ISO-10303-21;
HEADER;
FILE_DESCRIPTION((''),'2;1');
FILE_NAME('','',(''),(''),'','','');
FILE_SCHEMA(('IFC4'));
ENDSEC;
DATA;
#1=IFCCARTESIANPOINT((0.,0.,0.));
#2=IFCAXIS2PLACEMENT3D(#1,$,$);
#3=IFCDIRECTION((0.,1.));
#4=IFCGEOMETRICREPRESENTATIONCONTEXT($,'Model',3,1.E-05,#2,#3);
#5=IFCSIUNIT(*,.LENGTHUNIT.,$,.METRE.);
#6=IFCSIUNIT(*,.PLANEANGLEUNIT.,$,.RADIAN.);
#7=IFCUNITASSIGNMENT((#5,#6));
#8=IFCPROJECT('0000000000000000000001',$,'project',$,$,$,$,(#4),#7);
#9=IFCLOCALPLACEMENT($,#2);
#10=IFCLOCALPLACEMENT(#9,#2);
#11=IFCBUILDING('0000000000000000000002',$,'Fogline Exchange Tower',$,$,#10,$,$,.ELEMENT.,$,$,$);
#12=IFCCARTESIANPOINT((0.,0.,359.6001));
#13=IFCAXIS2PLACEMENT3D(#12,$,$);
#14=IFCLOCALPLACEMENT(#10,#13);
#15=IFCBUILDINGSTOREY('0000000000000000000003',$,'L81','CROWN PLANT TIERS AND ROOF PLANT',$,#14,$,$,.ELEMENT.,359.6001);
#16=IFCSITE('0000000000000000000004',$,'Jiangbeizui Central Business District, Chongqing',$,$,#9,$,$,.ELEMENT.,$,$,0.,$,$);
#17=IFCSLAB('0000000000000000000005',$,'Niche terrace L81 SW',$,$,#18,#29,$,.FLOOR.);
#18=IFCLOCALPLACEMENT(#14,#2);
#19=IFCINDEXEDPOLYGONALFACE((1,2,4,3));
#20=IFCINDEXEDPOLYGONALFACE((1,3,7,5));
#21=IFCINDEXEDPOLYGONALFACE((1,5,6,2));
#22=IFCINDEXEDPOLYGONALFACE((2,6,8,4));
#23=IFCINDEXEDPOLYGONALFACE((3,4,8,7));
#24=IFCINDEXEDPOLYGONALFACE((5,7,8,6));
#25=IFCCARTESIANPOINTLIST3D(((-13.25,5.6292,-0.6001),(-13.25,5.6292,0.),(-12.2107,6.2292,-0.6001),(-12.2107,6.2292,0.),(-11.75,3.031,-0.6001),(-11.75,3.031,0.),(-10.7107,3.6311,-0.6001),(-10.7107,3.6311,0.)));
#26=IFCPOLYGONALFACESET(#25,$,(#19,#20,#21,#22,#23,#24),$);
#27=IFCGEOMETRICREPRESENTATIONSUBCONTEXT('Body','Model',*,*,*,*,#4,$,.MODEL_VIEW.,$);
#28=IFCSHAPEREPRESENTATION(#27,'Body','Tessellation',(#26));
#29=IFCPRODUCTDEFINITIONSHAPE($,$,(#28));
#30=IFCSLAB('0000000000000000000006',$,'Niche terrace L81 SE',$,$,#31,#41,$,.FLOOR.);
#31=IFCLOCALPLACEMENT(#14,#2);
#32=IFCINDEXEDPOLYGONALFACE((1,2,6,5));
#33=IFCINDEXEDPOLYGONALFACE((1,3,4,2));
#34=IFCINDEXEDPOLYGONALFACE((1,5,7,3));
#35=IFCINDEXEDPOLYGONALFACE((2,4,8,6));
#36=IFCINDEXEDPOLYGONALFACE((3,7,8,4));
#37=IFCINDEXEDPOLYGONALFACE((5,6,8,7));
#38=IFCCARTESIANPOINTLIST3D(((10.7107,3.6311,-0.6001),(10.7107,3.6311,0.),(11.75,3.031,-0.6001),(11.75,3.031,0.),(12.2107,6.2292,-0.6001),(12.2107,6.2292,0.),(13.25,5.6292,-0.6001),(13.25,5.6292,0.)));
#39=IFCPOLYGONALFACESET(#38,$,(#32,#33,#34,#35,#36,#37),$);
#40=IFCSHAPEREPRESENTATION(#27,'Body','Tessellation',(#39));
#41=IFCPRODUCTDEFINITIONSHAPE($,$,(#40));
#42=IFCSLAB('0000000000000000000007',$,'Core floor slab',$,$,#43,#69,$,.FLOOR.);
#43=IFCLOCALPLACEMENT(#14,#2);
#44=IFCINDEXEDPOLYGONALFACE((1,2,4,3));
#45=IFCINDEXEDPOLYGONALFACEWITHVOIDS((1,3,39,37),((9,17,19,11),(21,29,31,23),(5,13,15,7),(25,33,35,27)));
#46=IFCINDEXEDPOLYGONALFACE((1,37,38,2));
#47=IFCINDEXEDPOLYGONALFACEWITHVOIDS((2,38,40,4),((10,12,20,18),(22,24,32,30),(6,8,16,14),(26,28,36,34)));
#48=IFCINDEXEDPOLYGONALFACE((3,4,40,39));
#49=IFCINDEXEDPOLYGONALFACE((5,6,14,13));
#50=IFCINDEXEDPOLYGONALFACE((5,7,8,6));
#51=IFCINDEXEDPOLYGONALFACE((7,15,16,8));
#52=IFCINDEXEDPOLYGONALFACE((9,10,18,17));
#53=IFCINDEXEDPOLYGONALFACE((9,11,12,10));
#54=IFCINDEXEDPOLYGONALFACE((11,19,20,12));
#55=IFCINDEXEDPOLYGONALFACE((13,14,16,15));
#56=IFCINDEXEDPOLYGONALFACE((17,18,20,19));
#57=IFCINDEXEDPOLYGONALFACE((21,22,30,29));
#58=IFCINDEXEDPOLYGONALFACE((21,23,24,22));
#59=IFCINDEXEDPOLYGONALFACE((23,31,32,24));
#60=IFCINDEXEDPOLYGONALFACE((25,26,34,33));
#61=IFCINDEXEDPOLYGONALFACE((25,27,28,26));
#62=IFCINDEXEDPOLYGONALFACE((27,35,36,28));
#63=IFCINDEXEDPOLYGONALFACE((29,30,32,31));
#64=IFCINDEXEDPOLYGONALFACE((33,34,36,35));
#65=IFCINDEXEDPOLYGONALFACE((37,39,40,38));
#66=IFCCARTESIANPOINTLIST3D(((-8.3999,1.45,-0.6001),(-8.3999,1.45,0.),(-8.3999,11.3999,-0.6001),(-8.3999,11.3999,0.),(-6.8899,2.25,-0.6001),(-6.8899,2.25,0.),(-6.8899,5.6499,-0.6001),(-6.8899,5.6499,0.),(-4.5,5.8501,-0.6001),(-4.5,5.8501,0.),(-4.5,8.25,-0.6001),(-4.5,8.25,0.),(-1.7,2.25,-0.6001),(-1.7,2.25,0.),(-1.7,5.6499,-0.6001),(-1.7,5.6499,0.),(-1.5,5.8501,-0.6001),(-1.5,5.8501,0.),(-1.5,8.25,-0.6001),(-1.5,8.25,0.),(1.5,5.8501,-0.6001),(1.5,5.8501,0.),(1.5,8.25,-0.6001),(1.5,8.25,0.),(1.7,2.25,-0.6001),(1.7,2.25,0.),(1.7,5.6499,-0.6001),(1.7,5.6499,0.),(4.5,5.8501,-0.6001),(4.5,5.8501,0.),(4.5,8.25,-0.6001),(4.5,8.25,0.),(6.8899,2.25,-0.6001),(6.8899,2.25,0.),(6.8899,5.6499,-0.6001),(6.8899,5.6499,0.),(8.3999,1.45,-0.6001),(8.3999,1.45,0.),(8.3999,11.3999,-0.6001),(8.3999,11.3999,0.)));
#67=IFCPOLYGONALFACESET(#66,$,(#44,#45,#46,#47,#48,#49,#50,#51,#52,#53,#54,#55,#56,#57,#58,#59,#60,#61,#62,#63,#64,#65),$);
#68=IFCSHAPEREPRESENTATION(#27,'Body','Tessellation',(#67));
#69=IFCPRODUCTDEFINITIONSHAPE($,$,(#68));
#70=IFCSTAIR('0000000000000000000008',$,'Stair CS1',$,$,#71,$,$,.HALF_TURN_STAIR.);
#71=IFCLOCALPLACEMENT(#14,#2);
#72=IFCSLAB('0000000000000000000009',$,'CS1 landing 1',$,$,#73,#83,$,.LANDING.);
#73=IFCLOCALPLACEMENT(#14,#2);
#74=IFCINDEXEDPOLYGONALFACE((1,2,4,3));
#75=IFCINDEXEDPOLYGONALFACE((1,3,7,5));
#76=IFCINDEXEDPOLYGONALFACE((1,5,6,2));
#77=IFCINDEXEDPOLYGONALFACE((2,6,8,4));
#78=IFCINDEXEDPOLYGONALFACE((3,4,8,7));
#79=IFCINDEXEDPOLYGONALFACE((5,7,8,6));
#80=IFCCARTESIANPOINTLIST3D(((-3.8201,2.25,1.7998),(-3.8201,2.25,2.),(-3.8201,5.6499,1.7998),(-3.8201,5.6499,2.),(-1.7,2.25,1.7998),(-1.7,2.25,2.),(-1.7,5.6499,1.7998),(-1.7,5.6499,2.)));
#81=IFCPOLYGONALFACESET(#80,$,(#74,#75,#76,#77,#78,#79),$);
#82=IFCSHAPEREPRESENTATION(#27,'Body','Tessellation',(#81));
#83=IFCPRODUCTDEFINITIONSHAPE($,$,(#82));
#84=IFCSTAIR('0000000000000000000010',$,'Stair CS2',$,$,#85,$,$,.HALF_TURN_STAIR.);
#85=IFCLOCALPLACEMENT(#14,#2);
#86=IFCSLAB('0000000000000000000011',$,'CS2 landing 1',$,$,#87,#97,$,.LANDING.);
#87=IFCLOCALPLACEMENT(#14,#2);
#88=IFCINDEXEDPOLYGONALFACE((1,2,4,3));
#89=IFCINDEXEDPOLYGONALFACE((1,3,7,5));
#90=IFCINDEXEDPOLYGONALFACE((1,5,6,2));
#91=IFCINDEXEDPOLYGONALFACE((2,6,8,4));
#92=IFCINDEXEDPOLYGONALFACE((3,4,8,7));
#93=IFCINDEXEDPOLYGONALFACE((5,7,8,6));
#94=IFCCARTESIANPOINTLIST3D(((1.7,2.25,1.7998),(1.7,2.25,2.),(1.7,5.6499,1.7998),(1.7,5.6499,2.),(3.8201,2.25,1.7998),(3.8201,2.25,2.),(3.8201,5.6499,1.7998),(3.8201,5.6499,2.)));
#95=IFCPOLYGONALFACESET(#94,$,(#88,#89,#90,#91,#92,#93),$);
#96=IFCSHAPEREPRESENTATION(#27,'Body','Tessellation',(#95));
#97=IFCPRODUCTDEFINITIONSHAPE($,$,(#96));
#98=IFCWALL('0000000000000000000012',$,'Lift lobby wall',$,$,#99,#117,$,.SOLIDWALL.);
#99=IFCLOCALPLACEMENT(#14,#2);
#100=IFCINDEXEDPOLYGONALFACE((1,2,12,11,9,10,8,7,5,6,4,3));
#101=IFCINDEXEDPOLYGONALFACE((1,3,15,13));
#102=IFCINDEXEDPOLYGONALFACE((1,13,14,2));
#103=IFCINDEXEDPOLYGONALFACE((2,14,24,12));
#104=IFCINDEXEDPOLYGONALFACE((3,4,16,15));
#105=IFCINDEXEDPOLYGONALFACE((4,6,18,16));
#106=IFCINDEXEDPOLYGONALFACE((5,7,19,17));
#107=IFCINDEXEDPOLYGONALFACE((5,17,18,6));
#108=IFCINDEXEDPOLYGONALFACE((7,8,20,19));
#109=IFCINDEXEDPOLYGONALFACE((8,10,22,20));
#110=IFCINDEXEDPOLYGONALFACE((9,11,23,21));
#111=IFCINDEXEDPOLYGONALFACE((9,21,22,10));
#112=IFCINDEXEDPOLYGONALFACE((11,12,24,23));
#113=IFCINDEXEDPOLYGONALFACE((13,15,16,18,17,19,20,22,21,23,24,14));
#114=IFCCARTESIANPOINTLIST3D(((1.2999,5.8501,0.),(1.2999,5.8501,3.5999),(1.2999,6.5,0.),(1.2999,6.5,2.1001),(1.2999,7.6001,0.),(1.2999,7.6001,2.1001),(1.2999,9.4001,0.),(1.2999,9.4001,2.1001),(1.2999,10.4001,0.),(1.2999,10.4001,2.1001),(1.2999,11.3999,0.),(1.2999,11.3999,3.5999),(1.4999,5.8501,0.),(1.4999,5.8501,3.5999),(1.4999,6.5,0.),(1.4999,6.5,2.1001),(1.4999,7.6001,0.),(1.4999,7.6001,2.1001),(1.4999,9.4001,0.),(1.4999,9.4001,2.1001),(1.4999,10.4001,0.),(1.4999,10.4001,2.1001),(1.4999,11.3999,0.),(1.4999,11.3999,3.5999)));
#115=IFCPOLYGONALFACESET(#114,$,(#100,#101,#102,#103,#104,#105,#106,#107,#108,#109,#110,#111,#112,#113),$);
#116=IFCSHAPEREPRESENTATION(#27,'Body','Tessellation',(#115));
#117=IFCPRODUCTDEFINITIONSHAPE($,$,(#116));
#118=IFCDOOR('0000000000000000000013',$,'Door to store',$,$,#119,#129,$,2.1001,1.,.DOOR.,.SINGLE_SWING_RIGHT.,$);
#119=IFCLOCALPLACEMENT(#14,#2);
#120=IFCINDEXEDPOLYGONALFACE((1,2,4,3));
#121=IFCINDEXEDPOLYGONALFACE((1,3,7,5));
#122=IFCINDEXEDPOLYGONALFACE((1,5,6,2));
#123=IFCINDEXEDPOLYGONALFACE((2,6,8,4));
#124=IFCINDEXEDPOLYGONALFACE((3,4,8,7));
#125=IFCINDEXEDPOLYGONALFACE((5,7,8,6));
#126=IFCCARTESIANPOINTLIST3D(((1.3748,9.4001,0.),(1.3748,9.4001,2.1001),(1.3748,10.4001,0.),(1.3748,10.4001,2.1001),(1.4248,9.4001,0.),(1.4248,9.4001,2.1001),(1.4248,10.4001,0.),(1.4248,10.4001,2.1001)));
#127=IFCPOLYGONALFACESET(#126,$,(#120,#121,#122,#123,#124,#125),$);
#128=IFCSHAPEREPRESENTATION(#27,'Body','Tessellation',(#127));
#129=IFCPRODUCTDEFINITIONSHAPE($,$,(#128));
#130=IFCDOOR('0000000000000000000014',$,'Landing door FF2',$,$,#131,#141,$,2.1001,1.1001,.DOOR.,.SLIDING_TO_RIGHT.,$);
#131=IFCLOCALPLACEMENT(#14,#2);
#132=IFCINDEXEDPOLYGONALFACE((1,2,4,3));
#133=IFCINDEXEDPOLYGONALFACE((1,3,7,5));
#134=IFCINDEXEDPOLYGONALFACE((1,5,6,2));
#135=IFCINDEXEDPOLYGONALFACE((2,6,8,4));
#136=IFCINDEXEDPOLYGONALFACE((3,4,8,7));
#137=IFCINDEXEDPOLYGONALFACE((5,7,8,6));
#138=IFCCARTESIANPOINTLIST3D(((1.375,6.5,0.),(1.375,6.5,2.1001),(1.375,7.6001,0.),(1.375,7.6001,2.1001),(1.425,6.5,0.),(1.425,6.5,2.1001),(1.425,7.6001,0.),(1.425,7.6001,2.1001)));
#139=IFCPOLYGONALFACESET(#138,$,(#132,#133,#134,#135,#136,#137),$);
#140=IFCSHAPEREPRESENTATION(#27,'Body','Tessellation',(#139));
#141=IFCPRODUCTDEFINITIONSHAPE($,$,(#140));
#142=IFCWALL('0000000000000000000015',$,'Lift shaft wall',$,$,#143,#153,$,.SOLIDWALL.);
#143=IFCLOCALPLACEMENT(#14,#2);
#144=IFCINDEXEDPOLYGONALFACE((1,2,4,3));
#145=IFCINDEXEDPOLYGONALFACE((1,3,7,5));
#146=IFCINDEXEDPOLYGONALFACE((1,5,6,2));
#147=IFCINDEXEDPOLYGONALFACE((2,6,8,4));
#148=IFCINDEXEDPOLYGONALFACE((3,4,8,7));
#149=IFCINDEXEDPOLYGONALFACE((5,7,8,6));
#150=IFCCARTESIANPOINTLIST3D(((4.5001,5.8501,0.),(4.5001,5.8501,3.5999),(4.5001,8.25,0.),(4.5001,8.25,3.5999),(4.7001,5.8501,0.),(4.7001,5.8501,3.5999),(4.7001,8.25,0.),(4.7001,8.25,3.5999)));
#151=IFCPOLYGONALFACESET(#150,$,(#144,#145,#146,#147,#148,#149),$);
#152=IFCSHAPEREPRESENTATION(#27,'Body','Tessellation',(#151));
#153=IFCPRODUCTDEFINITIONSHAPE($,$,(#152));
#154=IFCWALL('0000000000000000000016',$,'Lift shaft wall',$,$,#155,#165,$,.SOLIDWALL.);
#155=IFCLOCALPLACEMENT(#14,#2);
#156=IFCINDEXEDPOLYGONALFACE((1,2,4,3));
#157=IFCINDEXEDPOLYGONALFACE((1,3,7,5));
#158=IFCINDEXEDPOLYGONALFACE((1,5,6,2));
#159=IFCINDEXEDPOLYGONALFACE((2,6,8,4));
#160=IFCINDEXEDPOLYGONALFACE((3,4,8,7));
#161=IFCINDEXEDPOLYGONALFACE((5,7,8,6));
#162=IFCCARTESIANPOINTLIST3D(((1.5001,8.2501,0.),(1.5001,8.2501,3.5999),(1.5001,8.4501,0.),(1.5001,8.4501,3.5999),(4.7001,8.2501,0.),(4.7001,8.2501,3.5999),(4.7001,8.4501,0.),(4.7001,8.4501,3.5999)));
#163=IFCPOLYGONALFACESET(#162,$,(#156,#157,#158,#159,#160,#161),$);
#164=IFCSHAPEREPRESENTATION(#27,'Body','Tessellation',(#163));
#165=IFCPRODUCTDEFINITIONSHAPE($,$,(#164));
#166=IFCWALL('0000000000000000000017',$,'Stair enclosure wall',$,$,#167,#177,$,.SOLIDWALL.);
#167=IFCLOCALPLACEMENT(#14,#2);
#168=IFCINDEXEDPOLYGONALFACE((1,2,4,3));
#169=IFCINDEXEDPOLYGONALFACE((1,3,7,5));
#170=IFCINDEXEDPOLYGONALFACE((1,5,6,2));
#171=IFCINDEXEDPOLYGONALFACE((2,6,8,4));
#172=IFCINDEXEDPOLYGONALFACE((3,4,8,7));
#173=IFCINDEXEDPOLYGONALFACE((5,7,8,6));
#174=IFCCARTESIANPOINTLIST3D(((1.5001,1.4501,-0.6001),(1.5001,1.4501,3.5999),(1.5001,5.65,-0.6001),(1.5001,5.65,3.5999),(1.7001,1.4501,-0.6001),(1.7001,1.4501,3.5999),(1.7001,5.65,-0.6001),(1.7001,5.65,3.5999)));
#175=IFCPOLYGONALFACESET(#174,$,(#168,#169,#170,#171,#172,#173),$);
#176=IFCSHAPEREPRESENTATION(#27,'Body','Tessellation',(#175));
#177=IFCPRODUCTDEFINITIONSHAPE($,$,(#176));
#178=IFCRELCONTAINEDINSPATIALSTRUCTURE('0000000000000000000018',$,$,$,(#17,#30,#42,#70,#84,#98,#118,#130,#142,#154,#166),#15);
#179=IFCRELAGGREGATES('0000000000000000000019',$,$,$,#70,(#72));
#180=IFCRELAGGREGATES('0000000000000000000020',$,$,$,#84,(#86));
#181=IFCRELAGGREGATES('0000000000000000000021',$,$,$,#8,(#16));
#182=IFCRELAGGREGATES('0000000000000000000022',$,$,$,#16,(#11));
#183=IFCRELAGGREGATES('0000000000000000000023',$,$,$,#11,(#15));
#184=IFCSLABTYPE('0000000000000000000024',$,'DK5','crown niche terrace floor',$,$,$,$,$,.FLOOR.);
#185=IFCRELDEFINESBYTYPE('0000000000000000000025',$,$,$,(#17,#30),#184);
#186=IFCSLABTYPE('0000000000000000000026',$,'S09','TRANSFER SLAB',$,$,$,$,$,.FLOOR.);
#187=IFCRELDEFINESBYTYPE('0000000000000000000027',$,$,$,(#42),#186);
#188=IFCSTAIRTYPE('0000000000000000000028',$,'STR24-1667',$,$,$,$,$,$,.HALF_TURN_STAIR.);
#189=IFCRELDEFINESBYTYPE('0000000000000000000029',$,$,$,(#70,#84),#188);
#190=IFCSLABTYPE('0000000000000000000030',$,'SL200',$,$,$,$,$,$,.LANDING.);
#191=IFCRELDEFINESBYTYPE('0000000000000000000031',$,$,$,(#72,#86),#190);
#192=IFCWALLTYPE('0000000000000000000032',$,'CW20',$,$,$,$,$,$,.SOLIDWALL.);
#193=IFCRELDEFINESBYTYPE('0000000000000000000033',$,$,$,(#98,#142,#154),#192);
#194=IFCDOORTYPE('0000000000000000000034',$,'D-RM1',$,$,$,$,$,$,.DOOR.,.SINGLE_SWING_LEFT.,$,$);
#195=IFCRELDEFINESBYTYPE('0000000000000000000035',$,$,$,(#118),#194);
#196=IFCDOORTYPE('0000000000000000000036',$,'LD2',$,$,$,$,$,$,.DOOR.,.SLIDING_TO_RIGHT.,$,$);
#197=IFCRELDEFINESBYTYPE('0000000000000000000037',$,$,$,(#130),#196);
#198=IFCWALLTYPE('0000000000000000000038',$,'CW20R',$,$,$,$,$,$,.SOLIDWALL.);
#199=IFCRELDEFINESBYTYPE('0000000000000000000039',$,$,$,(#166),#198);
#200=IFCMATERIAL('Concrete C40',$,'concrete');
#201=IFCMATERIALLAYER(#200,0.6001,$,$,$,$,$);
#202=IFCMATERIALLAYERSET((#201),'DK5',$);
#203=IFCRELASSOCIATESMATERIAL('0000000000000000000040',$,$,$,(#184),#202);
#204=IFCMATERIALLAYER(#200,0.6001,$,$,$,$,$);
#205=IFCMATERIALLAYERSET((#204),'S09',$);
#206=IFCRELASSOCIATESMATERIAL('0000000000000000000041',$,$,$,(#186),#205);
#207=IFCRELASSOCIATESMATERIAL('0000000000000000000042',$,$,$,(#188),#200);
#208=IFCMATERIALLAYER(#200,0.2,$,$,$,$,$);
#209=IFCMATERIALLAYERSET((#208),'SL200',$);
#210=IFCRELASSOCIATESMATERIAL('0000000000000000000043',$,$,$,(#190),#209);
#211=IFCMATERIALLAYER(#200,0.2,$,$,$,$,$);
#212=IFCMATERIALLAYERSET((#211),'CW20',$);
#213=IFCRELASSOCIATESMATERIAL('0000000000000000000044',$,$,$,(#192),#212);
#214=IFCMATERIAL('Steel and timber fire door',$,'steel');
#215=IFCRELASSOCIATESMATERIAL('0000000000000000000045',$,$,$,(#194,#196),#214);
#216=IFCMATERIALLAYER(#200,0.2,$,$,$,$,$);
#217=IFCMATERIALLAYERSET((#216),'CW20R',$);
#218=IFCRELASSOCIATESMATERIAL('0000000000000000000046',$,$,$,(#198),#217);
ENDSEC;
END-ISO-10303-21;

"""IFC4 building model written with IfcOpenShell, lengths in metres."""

from ifc_helpers import new_model, si_unit, direction, frame, frame_2d, origin, place, context, subcontext, project, spatial, polyline, rectangle, outline, extrude, material, layer, layer_set, type_object, element, fill, aggregate, save


model = new_model("IFC4")

# Units and contexts
model_context = context("Model", 3, precision=1e-05, world=origin(), true_north=direction((0.0, 1.0)))
body_context = subcontext(model_context, "Body", "Model", "MODEL_VIEW")
ifc_project = project(units=[si_unit("LENGTHUNIT", "METRE"), si_unit("PLANEANGLEUNIT", "RADIAN")], contexts=[model_context])

# Site, building, storey
site_placement = place(None, origin())
site = spatial("IfcSite", under=ifc_project, at=site_placement, Name="Jiangbeizui Central Business District, Chongqing", CompositionType="ELEMENT", RefElevation=0.0)
building_placement = place(site_placement, origin())
building = spatial("IfcBuilding", under=site, at=building_placement, Name="Fogline Exchange Tower", CompositionType="ELEMENT")
storey_placement = place(building_placement, frame((0.0, 0.0, 359.6001)))
storey = spatial("IfcBuildingStorey", under=building, at=storey_placement, Name="L81", Description="CROWN PLANT TIERS AND ROOF PLANT", CompositionType="ELEMENT", Elevation=359.6001)

# Slabs
ifc_material_1 = material(Name="Concrete C40", Category="concrete")
ifc_layer_1 = layer(ifc_material_1, 0.6001)
ifc_layer_set_1 = layer_set([ifc_layer_1], Name="DK5")
slab_type_1 = type_object("IfcSlabType", Name="DK5", Description="crown niche terrace floor", PredefinedType="FLOOR", material=ifc_layer_set_1)
slab_1_placement = place(storey_placement, frame((0.0, 0.0, -0.6001)))
element("IfcSlab", 1, at=slab_1_placement, inside=storey, type_object=slab_type_1, Name="Niche terrace L81 SW", PredefinedType="FLOOR", context=body_context, shape_type="SweptSolid", body=[
    extrude(outline(polyline([(-13.25, 5.6292), (-11.75, 3.031), (-10.7107, 3.6311), (-10.2107, 2.7651), (-12.2107, 6.2292), (-13.25, 5.6292)])), origin(), (0.0, 0.0, 1.0), 0.6001),
])
slab_2_placement = place(storey_placement, frame((0.0, 0.0, -0.6001)))
element("IfcSlab", 2, at=slab_2_placement, inside=storey, type_object=slab_type_1, Name="Niche terrace L81 SE", PredefinedType="FLOOR", context=body_context, shape_type="SweptSolid", body=[
    extrude(outline(polyline([(13.25, 5.6292), (12.2107, 6.2292), (10.2107, 2.7651), (10.7107, 3.6311), (11.75, 3.031), (13.25, 5.6292)])), origin(), (0.0, 0.0, 1.0), 0.6001),
])
ifc_layer_2 = layer(ifc_material_1, 0.6001)
ifc_layer_set_2 = layer_set([ifc_layer_2], Name="S09")
slab_type_2 = type_object("IfcSlabType", Name="S09", Description="TRANSFER SLAB", PredefinedType="FLOOR", material=ifc_layer_set_2)
slab_3_placement = place(storey_placement, frame((0.0, 0.0, -0.6001)))
element("IfcSlab", 3, at=slab_3_placement, inside=storey, type_object=slab_type_2, Name="Core floor slab", PredefinedType="FLOOR", context=body_context, shape_type="SweptSolid", body=[
    extrude(outline(polyline([(-8.3999, 11.3999), (8.3999, 11.3999), (8.3999, 1.45), (-8.3999, 1.45), (-8.3999, 11.3999)]), holes=[polyline([(-6.8899, 2.25), (-1.7, 2.25), (-1.7, 5.6499), (-6.8899, 5.6499), (-6.8899, 2.25)]), polyline([(1.7, 2.25), (6.8899, 2.25), (6.8899, 5.6499), (1.7, 5.6499), (1.7, 2.25)]), polyline([(-4.5, 5.8501), (-1.5, 5.8501), (-1.5, 8.25), (-4.5, 8.25), (-4.5, 5.8501)]), polyline([(1.5, 5.8501), (4.5, 5.8501), (4.5, 8.25), (1.5, 8.25), (1.5, 5.8501)])]), origin(), (0.0, 0.0, 1.0), 0.6001),
])

# Stairs, slabs
stair_type = type_object("IfcStairType", Name="STR24-1667", PredefinedType="HALF_TURN_STAIR", material=ifc_material_1)
stair_1_placement = place(storey_placement, origin())
stair_1 = element("IfcStair", 4, at=stair_1_placement, inside=storey, type_object=stair_type, Name="Stair CS1", PredefinedType="HALF_TURN_STAIR")
ifc_layer_3 = layer(ifc_material_1, 0.2)
ifc_layer_set_3 = layer_set([ifc_layer_3], Name="SL200")
slab_type_3 = type_object("IfcSlabType", Name="SL200", PredefinedType="LANDING", material=ifc_layer_set_3)
slab_4_placement = place(storey_placement, frame((0.0, 0.0, 1.7998)))
slab_4 = element("IfcSlab", 5, at=slab_4_placement, type_object=slab_type_3, Name="CS1 landing 1", PredefinedType="LANDING", context=body_context, shape_type="SweptSolid", body=[
    extrude(outline(polyline([(-3.8201, 2.25), (-1.7, 2.25), (-1.7, 5.6499), (-3.8201, 5.6499), (-3.8201, 2.25)])), origin(), (0.0, 0.0, 1.0), 0.2002),
])
aggregate(stair_1, [slab_4])
stair_2_placement = place(storey_placement, origin())
stair_2 = element("IfcStair", 6, at=stair_2_placement, inside=storey, type_object=stair_type, Name="Stair CS2", PredefinedType="HALF_TURN_STAIR")
slab_5_placement = place(storey_placement, frame((0.0, 0.0, 1.7998)))
slab_5 = element("IfcSlab", 7, at=slab_5_placement, type_object=slab_type_3, Name="CS2 landing 1", PredefinedType="LANDING", context=body_context, shape_type="SweptSolid", body=[
    extrude(outline(polyline([(1.7, 2.25), (3.8201, 2.25), (3.8201, 5.6499), (1.7, 5.6499), (1.7, 2.25)])), origin(), (0.0, 0.0, 1.0), 0.2002),
])

# Wall, openings, doors
ifc_layer_4 = layer(ifc_material_1, 0.2)
ifc_layer_set_4 = layer_set([ifc_layer_4], Name="CW20")
wall_type_1 = type_object("IfcWallType", Name="CW20", PredefinedType="SOLIDWALL", material=ifc_layer_set_4)
wall_1_placement = place(storey_placement, frame((1.3999, 5.8501, 0.0), z_axis=(0.0, 0.0, 1.0), x_axis=(0.0, 1.0, 0.0)))
wall_1 = element("IfcWall", 8, at=wall_1_placement, inside=storey, type_object=wall_type_1, Name="Lift lobby wall", PredefinedType="SOLIDWALL", context=body_context, shape_type="SweptSolid", body=[
    extrude(rectangle(XDim=5.5498, YDim=0.2, at=frame_2d((2.7749, 0.0))), origin(), (0.0, 0.0, 1.0), 3.5999),
])
opening_1_placement = place(wall_1_placement, frame((0.6499, 0.0, 0.0)))
opening_1 = element("IfcOpeningElement", 9, at=opening_1_placement, cuts=wall_1, PredefinedType="OPENING", context=body_context, shape_type="SweptSolid", body=[
    extrude(rectangle(XDim=1.1001, YDim=2.1001, at=frame_2d((0.55, 1.05))), frame((0.0, 0.1099, 0.0), z_axis=(0.0, -1.0, 0.0), x_axis=(1.0, 0.0, 0.0)), (0.0, 0.0, 1.0), 0.22),
])
opening_2_placement = place(wall_1_placement, frame((3.55, 0.0, 0.0)))
opening_2 = element("IfcOpeningElement", 10, at=opening_2_placement, cuts=wall_1, PredefinedType="OPENING", context=body_context, shape_type="SweptSolid", body=[
    extrude(rectangle(XDim=1.0, YDim=2.1001, at=frame_2d((0.5, 1.05))), frame((0.0, 0.1099, 0.0), z_axis=(0.0, -1.0, 0.0), x_axis=(1.0, 0.0, 0.0)), (0.0, 0.0, 1.0), 0.22),
])
ifc_material_2 = material(Name="Steel and timber fire door", Category="steel")
door_type_1 = type_object("IfcDoorType", Name="D-RM1", OperationType="SINGLE_SWING_LEFT", PredefinedType="DOOR", material=ifc_material_2)
door_1_placement = place(opening_2_placement, frame((1.0, 0.0, 0.0), z_axis=(0.0, 0.0, 1.0), x_axis=(-1.0, 0.0, 0.0)))
door_1 = element("IfcDoor", 11, at=door_1_placement, inside=storey, type_object=door_type_1, Name="Door to store", OperationType="SINGLE_SWING_RIGHT", OverallHeight=2.1001, OverallWidth=1.0, PredefinedType="DOOR", context=body_context, shape_type="SweptSolid", body=[
    extrude(rectangle(XDim=1.0, YDim=2.1001, at=frame_2d((0.5, 1.05))), frame((0.0, 0.0249, 0.0), z_axis=(0.0, -1.0, 0.0), x_axis=(1.0, 0.0, 0.0)), (0.0, 0.0, 1.0), 0.05),
])
fill(opening_2, door_1)
door_type_2 = type_object("IfcDoorType", Name="LD2", OperationType="SLIDING_TO_RIGHT", PredefinedType="DOOR", material=ifc_material_2)
door_2_placement = place(opening_1_placement, origin())
door_2 = element("IfcDoor", 12, at=door_2_placement, inside=storey, type_object=door_type_2, Name="Landing door FF2", OperationType="SLIDING_TO_RIGHT", OverallHeight=2.1001, OverallWidth=1.1001, PredefinedType="DOOR", context=body_context, shape_type="SweptSolid", body=[
    extrude(rectangle(XDim=1.1001, YDim=2.1001, at=frame_2d((0.55, 1.05))), frame((0.0, 0.0249, 0.0), z_axis=(0.0, -1.0, 0.0), x_axis=(1.0, 0.0, 0.0)), (0.0, 0.0, 1.0), 0.05),
])
fill(opening_1, door_2)

# Walls
wall_2_placement = place(storey_placement, frame((4.6001, 5.8501, 0.0), z_axis=(0.0, 0.0, 1.0), x_axis=(0.0, 1.0, 0.0)))
element("IfcWall", 13, at=wall_2_placement, inside=storey, type_object=wall_type_1, Name="Lift shaft wall", PredefinedType="SOLIDWALL", context=body_context, shape_type="SweptSolid", body=[
    extrude(rectangle(XDim=2.3999, YDim=0.2, at=frame_2d((1.2, 0.0))), origin(), (0.0, 0.0, 1.0), 3.5999),
])
wall_3_placement = place(storey_placement, frame((1.5, 8.3501, 0.0), z_axis=(0.0, 0.0, 1.0), x_axis=(1.0, 0.0, 0.0)))
element("IfcWall", 14, at=wall_3_placement, inside=storey, type_object=wall_type_1, Name="Lift shaft wall", PredefinedType="SOLIDWALL", context=body_context, shape_type="SweptSolid", body=[
    extrude(rectangle(XDim=3.2, YDim=0.2, at=frame_2d((1.6001, 0.0))), origin(), (0.0, 0.0, 1.0), 3.5999),
])
ifc_layer_5 = layer(ifc_material_1, 0.2)
ifc_layer_set_5 = layer_set([ifc_layer_5], Name="CW20R")
wall_type_2 = type_object("IfcWallType", Name="CW20R", PredefinedType="SOLIDWALL", material=ifc_layer_set_5)
wall_4_placement = place(storey_placement, frame((1.6001, 1.45, -0.6001), z_axis=(0.0, 0.0, 1.0), x_axis=(0.0, 1.0, 0.0)))
element("IfcWall", 15, at=wall_4_placement, inside=storey, type_object=wall_type_2, Name="Stair enclosure wall", PredefinedType="SOLIDWALL", context=body_context, shape_type="SweptSolid", body=[
    extrude(rectangle(XDim=4.2, YDim=0.2, at=frame_2d((2.1001, 0.0))), origin(), (0.0, 0.0, 1.0), 4.2),
])

aggregate(stair_2, [slab_5])

save(model, "model.ifc")
